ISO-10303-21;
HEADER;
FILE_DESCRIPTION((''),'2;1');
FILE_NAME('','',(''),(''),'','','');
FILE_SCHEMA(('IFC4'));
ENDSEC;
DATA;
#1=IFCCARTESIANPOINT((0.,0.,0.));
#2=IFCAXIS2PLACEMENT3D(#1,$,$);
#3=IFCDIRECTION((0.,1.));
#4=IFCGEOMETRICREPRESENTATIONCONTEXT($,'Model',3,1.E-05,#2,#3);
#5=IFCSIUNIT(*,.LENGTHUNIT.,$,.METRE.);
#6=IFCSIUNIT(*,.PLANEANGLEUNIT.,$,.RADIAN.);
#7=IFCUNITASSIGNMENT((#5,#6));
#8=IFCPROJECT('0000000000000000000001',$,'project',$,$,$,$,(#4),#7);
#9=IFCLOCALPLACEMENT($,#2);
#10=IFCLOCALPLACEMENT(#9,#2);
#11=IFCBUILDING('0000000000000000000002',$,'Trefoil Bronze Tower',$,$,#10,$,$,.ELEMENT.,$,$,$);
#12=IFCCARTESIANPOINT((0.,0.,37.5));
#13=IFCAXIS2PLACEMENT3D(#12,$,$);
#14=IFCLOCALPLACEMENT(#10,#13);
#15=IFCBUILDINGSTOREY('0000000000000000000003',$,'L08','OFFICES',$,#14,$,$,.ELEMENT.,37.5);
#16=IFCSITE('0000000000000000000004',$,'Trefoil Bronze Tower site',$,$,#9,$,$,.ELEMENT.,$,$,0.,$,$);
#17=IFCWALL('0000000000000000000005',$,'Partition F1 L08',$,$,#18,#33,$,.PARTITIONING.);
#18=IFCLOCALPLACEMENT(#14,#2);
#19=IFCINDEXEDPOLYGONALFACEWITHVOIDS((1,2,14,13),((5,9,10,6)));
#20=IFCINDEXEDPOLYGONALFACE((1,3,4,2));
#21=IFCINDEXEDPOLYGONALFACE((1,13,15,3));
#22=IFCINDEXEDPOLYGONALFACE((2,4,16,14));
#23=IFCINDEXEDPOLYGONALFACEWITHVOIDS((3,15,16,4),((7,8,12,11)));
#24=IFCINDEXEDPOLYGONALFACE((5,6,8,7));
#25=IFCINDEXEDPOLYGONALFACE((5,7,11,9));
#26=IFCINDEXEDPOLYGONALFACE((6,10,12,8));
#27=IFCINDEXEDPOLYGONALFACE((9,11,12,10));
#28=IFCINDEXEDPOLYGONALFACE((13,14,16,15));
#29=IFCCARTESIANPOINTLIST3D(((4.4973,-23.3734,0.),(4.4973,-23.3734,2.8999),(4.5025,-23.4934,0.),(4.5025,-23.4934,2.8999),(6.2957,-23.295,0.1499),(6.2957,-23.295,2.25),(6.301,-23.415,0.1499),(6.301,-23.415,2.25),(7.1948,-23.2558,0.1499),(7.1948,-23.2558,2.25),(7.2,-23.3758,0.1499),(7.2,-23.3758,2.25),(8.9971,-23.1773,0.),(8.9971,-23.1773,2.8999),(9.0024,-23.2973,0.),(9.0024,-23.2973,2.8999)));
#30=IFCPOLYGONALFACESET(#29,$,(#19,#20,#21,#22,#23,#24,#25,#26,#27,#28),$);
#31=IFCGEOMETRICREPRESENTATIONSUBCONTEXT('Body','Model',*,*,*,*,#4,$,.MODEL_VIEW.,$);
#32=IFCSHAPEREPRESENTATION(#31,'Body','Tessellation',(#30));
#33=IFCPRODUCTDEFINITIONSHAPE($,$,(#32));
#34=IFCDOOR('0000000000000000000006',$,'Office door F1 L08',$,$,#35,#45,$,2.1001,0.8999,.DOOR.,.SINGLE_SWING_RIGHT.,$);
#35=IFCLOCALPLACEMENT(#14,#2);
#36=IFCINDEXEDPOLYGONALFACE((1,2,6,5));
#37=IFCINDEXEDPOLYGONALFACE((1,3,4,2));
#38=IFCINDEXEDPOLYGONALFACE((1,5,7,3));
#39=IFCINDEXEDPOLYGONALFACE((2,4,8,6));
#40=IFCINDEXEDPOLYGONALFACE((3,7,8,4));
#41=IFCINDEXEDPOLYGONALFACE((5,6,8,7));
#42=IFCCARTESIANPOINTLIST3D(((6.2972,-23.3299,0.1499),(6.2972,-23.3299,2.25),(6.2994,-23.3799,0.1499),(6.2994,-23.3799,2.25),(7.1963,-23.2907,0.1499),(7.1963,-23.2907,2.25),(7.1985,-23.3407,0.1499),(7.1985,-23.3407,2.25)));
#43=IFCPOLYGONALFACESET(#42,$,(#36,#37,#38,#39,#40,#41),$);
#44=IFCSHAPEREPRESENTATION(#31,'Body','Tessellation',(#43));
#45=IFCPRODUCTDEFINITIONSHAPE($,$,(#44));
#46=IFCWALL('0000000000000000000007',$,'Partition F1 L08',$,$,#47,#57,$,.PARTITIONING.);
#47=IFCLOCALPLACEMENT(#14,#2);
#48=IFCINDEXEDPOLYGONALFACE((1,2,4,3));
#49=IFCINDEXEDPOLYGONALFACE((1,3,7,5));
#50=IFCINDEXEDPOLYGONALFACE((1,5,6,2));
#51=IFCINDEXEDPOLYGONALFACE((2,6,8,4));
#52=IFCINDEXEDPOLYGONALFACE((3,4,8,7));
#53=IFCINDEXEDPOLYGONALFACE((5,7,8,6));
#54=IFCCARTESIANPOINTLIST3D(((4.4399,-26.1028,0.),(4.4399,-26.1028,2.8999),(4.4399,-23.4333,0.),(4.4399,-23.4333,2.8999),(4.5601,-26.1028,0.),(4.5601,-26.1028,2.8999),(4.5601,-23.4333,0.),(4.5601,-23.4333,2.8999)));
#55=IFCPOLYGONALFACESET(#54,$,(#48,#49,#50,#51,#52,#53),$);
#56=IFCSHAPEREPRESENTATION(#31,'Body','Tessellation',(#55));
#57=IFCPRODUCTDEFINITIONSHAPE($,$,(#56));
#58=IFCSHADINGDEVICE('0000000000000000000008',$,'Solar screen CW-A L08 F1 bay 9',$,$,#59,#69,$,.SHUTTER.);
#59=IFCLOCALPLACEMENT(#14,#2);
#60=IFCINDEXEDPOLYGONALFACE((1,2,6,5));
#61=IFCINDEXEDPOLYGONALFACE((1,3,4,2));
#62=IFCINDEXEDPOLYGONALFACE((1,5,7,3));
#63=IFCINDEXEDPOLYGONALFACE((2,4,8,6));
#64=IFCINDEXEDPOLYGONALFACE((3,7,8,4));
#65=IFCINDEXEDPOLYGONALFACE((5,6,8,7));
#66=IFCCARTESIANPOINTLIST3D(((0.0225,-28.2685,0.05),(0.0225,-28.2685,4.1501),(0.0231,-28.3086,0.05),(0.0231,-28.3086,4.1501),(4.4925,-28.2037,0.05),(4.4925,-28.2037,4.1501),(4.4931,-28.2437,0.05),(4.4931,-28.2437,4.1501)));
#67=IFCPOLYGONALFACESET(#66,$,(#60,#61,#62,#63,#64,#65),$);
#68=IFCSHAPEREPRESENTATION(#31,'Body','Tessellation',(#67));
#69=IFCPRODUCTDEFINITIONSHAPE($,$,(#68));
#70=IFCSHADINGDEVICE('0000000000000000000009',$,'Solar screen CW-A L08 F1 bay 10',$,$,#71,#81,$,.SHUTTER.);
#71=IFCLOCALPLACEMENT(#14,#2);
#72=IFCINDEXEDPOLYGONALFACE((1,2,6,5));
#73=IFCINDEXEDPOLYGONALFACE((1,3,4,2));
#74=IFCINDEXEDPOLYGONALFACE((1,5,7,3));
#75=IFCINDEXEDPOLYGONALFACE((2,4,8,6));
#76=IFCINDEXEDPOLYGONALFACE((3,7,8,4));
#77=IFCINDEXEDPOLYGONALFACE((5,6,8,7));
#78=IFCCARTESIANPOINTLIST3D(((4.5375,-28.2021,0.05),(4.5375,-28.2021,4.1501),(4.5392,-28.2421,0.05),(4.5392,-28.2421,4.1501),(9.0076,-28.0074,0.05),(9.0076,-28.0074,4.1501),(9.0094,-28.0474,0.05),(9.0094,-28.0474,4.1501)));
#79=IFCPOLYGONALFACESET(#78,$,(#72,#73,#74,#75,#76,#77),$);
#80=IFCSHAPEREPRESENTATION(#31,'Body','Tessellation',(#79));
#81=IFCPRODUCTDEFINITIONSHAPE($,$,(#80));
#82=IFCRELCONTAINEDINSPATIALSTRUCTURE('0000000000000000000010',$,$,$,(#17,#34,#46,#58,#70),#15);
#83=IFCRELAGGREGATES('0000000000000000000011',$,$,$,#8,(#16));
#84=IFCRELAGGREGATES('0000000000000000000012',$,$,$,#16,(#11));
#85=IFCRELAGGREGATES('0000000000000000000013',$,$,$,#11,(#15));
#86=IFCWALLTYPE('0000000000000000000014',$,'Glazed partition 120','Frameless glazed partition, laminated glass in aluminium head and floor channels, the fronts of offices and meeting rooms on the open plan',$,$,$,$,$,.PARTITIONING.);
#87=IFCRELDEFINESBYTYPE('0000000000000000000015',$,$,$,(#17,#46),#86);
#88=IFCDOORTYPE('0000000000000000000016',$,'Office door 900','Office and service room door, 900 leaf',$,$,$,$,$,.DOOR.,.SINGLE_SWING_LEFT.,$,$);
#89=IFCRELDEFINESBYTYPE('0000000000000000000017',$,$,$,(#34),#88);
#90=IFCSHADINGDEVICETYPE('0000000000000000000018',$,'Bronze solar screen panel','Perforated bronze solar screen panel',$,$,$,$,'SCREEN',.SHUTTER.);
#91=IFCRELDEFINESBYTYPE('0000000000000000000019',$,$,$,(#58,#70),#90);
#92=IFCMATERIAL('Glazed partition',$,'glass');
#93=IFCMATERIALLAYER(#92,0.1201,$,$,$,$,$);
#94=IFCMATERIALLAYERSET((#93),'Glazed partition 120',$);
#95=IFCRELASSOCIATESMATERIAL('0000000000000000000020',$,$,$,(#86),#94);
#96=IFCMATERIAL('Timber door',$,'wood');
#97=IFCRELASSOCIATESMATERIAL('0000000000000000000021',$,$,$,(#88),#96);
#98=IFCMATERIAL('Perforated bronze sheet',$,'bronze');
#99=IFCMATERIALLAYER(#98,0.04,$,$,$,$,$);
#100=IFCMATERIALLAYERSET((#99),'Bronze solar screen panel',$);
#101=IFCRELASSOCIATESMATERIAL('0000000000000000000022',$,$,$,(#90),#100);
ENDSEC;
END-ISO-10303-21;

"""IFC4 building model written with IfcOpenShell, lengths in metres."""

from ifc_helpers import new_model, si_unit, direction, frame, frame_2d, origin, origin_2d, place, context, subcontext, project, spatial, rectangle, extrude, material, layer, layer_set, type_object, element, fill, save


model = new_model("IFC4")

# Units and contexts
model_context = context("Model", 3, precision=1e-05, world=origin(), true_north=direction((0.0, 1.0)))
body_context = subcontext(model_context, "Body", "Model", "MODEL_VIEW")
ifc_project = project(units=[si_unit("LENGTHUNIT", "METRE"), si_unit("PLANEANGLEUNIT", "RADIAN")], contexts=[model_context])

# Site, building, storey
site_placement = place(None, origin())
site = spatial("IfcSite", under=ifc_project, at=site_placement, Name="Trefoil Bronze Tower site", CompositionType="ELEMENT", RefElevation=0.0)
building_placement = place(site_placement, origin())
building = spatial("IfcBuilding", under=site, at=building_placement, Name="Trefoil Bronze Tower", CompositionType="ELEMENT")
storey_placement = place(building_placement, frame((0.0, 0.0, 37.5)))
storey = spatial("IfcBuildingStorey", under=building, at=storey_placement, Name="L08", Description="OFFICES", CompositionType="ELEMENT", Elevation=37.5)

# Shared definitions
ifc_material_1 = material(Name="Glazed partition", Category="glass")
ifc_layer_1 = layer(ifc_material_1, 0.1201)
ifc_layer_set_1 = layer_set([ifc_layer_1], Name="Glazed partition 120")
wall_type = type_object("IfcWallType", Name="Glazed partition 120", Description="Frameless glazed partition, laminated glass in aluminium head and floor channels, the fronts of offices and meeting rooms on the open plan", PredefinedType="PARTITIONING", material=ifc_layer_set_1)
ifc_material_2 = material(Name="Timber door", Category="wood")
door_type = type_object("IfcDoorType", Name="Office door 900", Description="Office and service room door, 900 leaf", OperationType="SINGLE_SWING_LEFT", PredefinedType="DOOR", material=ifc_material_2)

# Wall, opening, door
wall_1_placement = place(storey_placement, frame((4.5, -23.4333, 0.0), z_axis=(0.0, 0.0, 1.0), x_axis=(0.999052, 0.043524, 0.0)))
wall_1 = element("IfcWall", 1, at=wall_1_placement, inside=storey, type_object=wall_type, Name="Partition F1 L08", PredefinedType="PARTITIONING", context=body_context, shape_type="SweptSolid", body=[
    extrude(rectangle(XDim=4.5042, YDim=0.1201, at=frame_2d((2.252, 0.0))), origin(), (0.0, 0.0, 1.0), 2.8999),
])
opening_1_placement = place(wall_1_placement, frame((1.8, 0.0, 0.1499)))
opening_1 = element("IfcOpeningElement", 2, at=opening_1_placement, cuts=wall_1, PredefinedType="OPENING", context=body_context, shape_type="SweptSolid", body=[
    extrude(rectangle(XDim=0.8999, YDim=2.1001, at=frame_2d((0.45, 1.05))), frame((0.0, 0.0701, 0.0), z_axis=(0.0, -1.0, 0.0), x_axis=(1.0, 0.0, 0.0)), (0.0, 0.0, 1.0), 0.1401),
])
door_1_placement = place(opening_1_placement, frame((0.8999, 0.0, 0.0), z_axis=(0.0, 0.0, 1.0), x_axis=(-1.0, 0.0, 0.0)))
door_1 = element("IfcDoor", 3, at=door_1_placement, inside=storey, type_object=door_type, Name="Office door F1 L08", OperationType="SINGLE_SWING_RIGHT", OverallHeight=2.1001, OverallWidth=0.8999, PredefinedType="DOOR", context=body_context, shape_type="SweptSolid", body=[
    extrude(rectangle(XDim=0.8999, YDim=2.1001, at=frame_2d((0.45, 1.05))), frame((0.0, 0.0249, 0.0), z_axis=(0.0, -1.0, 0.0), x_axis=(1.0, 0.0, 0.0)), (0.0, 0.0, 1.0), 0.05),
])
fill(opening_1, door_1)

# Wall
wall_2_placement = place(storey_placement, frame((4.5, -23.4333, 0.0), z_axis=(0.0, 0.0, 1.0), x_axis=(0.0, -1.0, 0.0)))
element("IfcWall", 4, at=wall_2_placement, inside=storey, type_object=wall_type, Name="Partition F1 L08", PredefinedType="PARTITIONING", context=body_context, shape_type="SweptSolid", body=[
    extrude(rectangle(XDim=2.6694, YDim=0.1201, at=frame_2d((1.3347, 0.0))), origin(), (0.0, 0.0, 1.0), 2.8999),
])

# Shading devices
ifc_material_3 = material(Name="Perforated bronze sheet", Category="bronze")
ifc_layer_2 = layer(ifc_material_3, 0.04)
ifc_layer_set_2 = layer_set([ifc_layer_2], Name="Bronze solar screen panel")
shading_device_type = type_object("IfcShadingDeviceType", Name="Bronze solar screen panel", Description="Perforated bronze solar screen panel", ElementType="SCREEN", PredefinedType="SHUTTER", material=ifc_layer_set_2)
shading_device_1_placement = place(storey_placement, frame((2.2578, -28.2561, 0.05), z_axis=(0.0, 0.0, 1.0), x_axis=(0.999895, 0.014509, 0.0)))
element("IfcShadingDevice", 5, at=shading_device_1_placement, inside=storey, type_object=shading_device_type, Name="Solar screen CW-A L08 F1 bay 9", PredefinedType="SHUTTER", context=body_context, shape_type="SweptSolid", body=[
    extrude(rectangle(XDim=4.4705, YDim=0.04, at=origin_2d()), origin(), (0.0, 0.0, 1.0), 4.1001),
])
shading_device_2_placement = place(storey_placement, frame((6.7734, -28.1248, 0.05), z_axis=(0.0, 0.0, 1.0), x_axis=(0.999052, 0.043528, 0.0)))
element("IfcShadingDevice", 6, at=shading_device_2_placement, inside=storey, type_object=shading_device_type, Name="Solar screen CW-A L08 F1 bay 10", PredefinedType="SHUTTER", context=body_context, shape_type="SweptSolid", body=[
    extrude(rectangle(XDim=4.4744, YDim=0.04, at=origin_2d()), origin(), (0.0, 0.0, 1.0), 4.1001),
])

save(model, "model.ifc")
